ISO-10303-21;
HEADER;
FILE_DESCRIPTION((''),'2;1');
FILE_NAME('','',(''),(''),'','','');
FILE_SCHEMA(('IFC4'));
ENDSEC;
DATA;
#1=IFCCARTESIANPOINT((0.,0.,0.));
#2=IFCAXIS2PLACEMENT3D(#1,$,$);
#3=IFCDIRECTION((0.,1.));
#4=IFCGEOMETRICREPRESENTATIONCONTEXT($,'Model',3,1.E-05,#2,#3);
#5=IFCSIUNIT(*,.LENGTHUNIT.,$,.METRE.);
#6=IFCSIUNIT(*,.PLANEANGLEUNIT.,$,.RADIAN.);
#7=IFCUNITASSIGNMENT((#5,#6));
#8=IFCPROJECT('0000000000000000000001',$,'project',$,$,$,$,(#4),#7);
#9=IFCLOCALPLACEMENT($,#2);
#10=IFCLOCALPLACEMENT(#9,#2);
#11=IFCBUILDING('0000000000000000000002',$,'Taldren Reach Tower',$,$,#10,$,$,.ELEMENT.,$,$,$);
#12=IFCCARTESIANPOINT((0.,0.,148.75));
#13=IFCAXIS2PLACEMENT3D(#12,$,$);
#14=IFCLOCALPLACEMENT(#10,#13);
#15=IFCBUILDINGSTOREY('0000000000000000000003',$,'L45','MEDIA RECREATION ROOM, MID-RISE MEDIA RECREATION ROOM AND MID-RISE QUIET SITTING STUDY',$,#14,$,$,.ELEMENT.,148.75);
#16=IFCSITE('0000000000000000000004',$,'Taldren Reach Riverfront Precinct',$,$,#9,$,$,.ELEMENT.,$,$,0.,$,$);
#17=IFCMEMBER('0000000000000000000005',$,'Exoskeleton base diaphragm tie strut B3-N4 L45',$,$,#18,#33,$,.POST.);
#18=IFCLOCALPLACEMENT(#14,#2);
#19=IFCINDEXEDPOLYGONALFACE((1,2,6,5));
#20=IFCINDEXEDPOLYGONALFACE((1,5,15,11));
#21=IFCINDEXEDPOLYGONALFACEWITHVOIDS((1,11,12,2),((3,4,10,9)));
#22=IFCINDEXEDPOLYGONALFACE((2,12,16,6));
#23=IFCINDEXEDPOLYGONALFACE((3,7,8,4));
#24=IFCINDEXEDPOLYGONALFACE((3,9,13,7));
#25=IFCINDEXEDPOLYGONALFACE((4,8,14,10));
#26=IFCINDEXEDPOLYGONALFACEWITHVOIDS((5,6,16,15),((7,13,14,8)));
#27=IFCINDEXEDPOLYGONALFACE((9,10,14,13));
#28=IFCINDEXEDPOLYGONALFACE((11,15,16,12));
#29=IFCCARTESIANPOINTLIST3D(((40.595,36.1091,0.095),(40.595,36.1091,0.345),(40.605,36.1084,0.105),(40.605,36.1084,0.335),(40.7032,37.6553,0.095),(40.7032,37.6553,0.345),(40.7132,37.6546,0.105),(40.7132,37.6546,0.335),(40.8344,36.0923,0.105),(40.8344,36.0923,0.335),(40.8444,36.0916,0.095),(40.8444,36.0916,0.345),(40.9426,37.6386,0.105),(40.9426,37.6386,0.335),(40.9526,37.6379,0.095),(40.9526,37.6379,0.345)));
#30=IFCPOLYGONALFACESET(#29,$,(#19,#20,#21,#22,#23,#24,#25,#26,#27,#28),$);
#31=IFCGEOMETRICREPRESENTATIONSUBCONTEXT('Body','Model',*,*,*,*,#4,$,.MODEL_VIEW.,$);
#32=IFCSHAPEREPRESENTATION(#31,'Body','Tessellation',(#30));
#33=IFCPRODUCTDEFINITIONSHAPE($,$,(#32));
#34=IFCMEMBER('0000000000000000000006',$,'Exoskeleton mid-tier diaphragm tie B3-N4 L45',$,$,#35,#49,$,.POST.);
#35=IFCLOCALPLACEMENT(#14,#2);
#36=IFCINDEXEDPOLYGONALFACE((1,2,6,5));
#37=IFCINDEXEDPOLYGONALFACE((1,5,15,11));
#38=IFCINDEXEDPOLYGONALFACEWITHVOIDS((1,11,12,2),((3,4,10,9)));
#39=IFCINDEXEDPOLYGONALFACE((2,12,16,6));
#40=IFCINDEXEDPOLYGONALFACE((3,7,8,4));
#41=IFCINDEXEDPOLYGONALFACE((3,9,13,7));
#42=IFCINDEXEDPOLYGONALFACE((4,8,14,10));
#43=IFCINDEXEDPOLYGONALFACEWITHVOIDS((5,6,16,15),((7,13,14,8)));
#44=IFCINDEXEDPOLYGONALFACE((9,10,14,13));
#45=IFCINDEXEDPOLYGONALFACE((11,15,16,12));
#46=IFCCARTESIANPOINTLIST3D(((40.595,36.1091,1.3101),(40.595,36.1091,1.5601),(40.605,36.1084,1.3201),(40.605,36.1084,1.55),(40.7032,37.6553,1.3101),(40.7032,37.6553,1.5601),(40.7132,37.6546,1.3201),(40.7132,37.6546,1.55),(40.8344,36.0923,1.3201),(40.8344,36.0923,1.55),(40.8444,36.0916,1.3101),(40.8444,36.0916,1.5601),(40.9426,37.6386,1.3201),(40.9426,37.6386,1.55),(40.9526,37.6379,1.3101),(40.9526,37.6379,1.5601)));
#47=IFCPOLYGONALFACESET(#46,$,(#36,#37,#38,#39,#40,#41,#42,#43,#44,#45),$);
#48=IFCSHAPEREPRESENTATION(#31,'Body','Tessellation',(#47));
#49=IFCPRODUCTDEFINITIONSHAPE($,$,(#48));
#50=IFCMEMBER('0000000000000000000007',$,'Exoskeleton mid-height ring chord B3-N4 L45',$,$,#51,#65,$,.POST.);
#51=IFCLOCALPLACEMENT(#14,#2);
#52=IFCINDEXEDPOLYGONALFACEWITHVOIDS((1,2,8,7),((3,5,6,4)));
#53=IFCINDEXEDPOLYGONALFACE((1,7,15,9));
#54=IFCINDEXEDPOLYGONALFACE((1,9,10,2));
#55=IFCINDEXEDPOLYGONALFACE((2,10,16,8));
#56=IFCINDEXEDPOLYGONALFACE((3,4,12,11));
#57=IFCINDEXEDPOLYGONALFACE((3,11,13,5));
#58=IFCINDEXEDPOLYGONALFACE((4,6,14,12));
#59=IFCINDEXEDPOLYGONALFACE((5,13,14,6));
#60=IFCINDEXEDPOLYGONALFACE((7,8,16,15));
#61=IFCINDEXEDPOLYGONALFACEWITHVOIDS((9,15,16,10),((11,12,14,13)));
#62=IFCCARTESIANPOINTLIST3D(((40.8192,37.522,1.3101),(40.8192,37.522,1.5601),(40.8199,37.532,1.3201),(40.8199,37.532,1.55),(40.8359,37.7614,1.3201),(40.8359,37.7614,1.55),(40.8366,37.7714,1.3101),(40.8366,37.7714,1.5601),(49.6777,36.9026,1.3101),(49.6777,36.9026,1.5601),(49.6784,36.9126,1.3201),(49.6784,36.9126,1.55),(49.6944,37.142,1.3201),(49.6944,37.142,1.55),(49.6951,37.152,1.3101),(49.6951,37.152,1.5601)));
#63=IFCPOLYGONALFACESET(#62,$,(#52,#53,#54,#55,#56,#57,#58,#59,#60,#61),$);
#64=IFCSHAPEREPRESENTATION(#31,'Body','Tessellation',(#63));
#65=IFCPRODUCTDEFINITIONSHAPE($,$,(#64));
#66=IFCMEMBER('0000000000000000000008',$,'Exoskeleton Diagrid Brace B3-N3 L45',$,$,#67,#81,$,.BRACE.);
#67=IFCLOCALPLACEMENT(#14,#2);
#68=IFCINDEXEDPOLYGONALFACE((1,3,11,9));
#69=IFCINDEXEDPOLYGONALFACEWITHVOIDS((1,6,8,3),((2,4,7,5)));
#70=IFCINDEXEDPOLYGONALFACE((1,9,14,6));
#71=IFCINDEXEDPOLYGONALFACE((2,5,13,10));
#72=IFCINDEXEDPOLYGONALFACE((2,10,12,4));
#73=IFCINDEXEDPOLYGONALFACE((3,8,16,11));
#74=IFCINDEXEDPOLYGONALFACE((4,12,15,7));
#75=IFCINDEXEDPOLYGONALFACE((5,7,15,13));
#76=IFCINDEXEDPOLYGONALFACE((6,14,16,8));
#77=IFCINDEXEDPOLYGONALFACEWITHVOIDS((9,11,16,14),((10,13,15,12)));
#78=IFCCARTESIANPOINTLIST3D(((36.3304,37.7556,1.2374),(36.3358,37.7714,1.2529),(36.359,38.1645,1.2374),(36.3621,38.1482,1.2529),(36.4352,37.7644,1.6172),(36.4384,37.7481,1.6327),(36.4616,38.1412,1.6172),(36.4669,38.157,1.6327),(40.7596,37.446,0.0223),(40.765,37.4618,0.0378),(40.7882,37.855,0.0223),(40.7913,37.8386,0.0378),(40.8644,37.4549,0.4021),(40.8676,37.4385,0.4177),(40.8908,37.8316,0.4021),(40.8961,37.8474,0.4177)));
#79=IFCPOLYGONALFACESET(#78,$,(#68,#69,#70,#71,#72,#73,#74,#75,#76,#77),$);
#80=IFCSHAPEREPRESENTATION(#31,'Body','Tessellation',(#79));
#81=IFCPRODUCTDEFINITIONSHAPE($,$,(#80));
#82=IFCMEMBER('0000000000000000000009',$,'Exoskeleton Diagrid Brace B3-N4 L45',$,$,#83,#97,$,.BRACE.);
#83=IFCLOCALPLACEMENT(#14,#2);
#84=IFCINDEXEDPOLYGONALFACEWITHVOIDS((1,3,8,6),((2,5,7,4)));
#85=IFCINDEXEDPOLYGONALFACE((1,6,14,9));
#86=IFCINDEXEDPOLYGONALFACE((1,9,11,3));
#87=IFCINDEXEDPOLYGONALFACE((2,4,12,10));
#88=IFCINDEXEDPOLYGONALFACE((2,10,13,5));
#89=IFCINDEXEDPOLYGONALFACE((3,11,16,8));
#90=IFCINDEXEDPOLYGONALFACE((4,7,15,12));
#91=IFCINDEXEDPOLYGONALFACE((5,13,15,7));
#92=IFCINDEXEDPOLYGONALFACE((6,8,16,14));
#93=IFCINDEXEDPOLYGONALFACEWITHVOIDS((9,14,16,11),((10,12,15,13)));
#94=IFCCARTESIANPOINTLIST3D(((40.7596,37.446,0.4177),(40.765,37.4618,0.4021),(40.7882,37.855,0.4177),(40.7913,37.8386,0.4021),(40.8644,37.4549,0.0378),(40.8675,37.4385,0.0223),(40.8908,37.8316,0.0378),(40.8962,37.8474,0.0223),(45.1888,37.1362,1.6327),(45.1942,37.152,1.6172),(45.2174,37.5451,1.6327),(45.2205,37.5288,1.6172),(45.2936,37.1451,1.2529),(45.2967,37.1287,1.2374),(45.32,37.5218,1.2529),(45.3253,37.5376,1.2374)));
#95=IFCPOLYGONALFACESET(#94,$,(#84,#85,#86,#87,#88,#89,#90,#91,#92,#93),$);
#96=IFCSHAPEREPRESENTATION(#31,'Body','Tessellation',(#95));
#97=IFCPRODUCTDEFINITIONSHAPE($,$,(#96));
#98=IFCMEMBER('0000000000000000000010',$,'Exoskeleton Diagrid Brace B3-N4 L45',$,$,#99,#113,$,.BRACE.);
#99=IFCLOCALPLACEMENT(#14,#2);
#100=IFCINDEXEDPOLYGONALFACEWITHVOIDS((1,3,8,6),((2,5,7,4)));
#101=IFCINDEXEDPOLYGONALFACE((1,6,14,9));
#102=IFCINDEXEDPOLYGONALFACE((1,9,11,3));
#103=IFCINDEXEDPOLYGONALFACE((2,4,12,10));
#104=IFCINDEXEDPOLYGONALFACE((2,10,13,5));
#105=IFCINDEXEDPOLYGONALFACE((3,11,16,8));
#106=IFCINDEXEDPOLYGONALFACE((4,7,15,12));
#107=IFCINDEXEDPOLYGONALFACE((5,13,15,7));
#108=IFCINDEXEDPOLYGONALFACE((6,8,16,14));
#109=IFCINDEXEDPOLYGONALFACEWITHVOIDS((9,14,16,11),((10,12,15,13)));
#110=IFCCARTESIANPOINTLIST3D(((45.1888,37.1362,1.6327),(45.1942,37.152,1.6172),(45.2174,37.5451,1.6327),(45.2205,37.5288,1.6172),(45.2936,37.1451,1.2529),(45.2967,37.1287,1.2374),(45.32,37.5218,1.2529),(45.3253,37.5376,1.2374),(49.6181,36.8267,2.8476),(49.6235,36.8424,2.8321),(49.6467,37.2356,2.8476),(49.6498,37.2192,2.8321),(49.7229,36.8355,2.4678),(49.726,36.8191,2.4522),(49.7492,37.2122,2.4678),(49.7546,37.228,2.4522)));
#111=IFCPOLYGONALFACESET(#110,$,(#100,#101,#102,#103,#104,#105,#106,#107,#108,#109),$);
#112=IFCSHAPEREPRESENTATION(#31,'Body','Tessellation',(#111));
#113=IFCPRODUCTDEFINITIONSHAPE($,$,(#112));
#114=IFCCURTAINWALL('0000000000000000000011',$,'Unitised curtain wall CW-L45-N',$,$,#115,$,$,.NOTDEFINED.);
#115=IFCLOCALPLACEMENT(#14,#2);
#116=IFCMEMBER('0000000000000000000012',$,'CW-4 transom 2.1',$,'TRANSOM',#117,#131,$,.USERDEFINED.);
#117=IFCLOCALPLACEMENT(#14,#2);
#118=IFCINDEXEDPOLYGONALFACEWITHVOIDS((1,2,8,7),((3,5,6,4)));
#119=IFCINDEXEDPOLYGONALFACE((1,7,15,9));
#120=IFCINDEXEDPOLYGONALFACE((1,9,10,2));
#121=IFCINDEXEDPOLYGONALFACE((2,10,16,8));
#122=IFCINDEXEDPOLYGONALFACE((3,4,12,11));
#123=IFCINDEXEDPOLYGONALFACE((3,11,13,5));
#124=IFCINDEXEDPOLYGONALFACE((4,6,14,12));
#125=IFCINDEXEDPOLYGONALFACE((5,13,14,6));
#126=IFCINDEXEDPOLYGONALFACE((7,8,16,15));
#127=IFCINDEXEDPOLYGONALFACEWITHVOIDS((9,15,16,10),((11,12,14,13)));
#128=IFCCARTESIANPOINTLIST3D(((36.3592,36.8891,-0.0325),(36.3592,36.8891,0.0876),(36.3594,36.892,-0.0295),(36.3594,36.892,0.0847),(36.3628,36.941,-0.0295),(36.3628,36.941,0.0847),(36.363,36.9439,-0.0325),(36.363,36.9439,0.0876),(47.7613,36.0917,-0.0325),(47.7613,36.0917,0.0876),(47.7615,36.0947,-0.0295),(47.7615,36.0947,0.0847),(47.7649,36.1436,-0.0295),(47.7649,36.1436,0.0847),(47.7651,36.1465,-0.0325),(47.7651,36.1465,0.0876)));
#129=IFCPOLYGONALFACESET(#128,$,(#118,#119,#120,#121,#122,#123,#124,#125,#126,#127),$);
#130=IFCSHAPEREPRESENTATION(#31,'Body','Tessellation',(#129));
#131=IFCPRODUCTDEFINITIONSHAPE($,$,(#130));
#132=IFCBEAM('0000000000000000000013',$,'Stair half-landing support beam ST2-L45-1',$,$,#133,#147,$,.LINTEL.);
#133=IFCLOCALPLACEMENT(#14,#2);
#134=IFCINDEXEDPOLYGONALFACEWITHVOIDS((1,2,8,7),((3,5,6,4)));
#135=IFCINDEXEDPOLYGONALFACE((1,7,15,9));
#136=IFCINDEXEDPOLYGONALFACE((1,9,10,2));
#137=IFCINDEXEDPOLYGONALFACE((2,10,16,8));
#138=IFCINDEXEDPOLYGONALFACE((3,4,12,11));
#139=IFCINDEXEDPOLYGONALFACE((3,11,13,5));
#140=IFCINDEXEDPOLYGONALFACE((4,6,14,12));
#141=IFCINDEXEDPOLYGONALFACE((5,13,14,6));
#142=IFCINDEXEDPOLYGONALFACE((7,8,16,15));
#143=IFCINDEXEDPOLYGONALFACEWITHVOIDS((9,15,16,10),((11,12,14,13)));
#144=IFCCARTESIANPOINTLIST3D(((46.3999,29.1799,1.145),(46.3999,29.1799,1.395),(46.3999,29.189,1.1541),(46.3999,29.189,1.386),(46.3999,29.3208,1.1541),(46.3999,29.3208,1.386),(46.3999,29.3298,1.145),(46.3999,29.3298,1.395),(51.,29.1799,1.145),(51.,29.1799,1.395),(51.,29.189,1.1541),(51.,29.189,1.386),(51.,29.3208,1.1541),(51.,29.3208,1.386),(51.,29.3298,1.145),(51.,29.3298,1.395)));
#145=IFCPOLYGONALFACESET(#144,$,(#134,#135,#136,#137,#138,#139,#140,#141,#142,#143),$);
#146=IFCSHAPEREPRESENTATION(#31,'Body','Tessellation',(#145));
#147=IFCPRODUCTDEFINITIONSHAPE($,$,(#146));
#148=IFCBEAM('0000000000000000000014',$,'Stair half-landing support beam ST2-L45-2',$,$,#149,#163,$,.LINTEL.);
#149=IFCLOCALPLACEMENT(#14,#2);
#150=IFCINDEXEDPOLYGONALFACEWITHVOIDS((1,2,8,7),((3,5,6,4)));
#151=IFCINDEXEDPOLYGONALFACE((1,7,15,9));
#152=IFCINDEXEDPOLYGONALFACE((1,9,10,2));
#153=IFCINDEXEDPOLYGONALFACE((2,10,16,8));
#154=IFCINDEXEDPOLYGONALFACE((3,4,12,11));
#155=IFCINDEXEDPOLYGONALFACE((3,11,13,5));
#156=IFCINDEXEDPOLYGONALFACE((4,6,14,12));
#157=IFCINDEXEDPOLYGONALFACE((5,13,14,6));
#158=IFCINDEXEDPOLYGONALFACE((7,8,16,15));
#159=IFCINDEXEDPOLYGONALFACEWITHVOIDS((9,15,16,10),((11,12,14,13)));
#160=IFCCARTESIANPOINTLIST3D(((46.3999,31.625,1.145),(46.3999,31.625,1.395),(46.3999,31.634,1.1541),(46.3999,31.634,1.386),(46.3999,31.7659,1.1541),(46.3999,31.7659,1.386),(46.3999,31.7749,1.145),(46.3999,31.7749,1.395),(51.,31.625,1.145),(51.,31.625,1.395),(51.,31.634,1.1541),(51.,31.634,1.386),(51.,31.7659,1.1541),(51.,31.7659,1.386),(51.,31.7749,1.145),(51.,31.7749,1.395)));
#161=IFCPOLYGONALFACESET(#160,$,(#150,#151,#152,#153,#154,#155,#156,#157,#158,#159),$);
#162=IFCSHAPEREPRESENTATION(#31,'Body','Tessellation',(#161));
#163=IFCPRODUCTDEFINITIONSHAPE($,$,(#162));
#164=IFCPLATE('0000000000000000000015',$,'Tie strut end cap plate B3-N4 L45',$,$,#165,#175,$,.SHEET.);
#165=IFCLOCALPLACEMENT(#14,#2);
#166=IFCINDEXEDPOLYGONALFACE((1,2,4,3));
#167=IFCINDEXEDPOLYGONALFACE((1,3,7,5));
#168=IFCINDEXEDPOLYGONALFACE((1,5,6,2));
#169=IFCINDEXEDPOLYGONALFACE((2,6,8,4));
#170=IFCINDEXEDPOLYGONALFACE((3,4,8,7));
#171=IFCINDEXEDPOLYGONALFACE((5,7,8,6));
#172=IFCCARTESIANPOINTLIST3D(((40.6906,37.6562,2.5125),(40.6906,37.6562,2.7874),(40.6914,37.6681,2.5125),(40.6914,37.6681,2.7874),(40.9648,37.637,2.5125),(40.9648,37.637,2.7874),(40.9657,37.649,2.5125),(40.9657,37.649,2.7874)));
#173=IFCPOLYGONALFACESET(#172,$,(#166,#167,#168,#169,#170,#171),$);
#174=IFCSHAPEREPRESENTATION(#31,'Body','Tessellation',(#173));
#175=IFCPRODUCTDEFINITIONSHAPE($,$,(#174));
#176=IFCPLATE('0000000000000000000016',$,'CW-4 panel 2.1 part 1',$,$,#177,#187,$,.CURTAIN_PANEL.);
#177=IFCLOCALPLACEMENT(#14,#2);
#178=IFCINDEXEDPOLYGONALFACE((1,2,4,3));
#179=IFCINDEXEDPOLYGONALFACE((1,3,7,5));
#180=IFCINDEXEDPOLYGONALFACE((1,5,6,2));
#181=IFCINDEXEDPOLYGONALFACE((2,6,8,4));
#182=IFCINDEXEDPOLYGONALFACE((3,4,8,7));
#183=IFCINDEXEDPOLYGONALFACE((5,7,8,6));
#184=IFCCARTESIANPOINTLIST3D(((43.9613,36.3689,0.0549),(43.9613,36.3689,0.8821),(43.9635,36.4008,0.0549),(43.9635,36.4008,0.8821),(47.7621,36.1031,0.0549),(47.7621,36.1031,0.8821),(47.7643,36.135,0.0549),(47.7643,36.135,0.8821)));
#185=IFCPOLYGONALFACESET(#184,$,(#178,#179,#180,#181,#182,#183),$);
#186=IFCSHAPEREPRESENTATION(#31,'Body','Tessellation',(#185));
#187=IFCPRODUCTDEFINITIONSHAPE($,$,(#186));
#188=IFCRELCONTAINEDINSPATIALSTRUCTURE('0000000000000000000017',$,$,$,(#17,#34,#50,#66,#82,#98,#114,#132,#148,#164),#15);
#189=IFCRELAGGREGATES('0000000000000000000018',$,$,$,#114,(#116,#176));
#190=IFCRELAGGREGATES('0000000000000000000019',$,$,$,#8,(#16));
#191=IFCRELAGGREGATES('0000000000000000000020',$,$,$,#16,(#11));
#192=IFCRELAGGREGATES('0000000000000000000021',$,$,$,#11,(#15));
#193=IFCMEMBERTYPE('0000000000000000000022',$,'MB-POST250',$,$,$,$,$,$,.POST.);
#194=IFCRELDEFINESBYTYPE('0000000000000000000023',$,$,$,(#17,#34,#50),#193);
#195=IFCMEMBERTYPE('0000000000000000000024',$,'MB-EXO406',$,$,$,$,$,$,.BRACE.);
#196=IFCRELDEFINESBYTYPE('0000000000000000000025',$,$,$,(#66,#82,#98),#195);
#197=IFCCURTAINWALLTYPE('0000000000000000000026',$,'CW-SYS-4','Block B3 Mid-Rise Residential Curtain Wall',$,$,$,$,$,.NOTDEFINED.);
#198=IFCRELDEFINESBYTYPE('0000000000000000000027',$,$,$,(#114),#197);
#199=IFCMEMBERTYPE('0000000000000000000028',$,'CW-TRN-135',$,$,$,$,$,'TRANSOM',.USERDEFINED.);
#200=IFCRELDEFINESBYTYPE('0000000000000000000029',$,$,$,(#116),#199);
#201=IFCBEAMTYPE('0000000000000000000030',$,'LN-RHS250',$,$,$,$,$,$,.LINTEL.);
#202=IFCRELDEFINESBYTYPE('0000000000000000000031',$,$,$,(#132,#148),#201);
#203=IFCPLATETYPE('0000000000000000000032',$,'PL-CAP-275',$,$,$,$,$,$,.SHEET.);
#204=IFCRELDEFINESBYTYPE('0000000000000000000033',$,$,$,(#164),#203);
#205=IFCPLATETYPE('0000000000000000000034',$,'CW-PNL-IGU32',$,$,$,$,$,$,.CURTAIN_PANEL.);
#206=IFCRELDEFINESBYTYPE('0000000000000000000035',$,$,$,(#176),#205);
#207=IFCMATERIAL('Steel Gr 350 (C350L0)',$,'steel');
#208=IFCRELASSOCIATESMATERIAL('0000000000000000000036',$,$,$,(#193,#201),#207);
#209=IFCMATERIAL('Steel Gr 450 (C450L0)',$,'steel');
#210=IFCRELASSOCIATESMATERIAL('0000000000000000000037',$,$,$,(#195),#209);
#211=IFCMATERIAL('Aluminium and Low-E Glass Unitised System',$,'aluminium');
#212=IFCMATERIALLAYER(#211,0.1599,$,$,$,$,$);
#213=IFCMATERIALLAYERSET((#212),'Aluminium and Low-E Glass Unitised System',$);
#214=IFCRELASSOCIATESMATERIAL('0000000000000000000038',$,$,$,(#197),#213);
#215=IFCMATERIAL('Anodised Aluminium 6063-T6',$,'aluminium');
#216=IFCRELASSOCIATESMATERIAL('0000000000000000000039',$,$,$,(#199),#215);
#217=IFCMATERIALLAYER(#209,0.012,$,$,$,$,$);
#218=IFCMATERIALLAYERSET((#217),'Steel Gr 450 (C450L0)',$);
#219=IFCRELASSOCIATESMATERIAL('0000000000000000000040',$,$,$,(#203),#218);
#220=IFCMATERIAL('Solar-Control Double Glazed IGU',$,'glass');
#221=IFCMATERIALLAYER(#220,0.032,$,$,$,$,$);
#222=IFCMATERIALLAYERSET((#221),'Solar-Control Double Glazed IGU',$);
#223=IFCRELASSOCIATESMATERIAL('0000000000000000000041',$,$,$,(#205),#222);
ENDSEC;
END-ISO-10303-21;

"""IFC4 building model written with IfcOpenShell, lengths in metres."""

from ifc_helpers import new_model, si_unit, direction, frame, origin, origin_2d, place, context, subcontext, project, spatial, rectangle, hollow_rectangle, extrude, source, transform, mapped, material, layer, layer_set, material_profile, profile_set, type_object, element, aggregate, save


model = new_model("IFC4")

# Units and contexts
model_context = context("Model", 3, precision=1e-05, world=origin(), true_north=direction((0.0, 1.0)))
body_context = subcontext(model_context, "Body", "Model", "MODEL_VIEW")
ifc_project = project(units=[si_unit("LENGTHUNIT", "METRE"), si_unit("PLANEANGLEUNIT", "RADIAN")], contexts=[model_context])

# Site, building, storey
site_placement = place(None, origin())
site = spatial("IfcSite", under=ifc_project, at=site_placement, Name="Taldren Reach Riverfront Precinct", CompositionType="ELEMENT", RefElevation=0.0)
building_placement = place(site_placement, origin())
building = spatial("IfcBuilding", under=site, at=building_placement, Name="Taldren Reach Tower", CompositionType="ELEMENT")
storey_placement = place(building_placement, frame((0.0, 0.0, 148.75)))
storey = spatial("IfcBuildingStorey", under=building, at=storey_placement, Name="L45", Description="MEDIA RECREATION ROOM, MID-RISE MEDIA RECREATION ROOM AND MID-RISE QUIET SITTING STUDY", CompositionType="ELEMENT", Elevation=148.75)

# Members
ifc_material_1 = material(Name="Steel Gr 350 (C350L0)", Category="steel")
ifc_material_profile_1 = material_profile(ifc_material_1, hollow_rectangle(XDim=0.25, YDim=0.25, WallThickness=0.01, at=origin_2d()), Name="250x250x10.0SHS")
ifc_profile_set_1 = profile_set([ifc_material_profile_1], Name="Steel Gr 350 (C350L0)")
member_type_1 = type_object("IfcMemberType", Name="MB-POST250", PredefinedType="POST", material=ifc_profile_set_1)
shared_shape_1 = source(origin(), body_context, "Body", "SweptSolid", [
    extrude(hollow_rectangle(XDim=0.25, YDim=0.25, WallThickness=0.01, at=origin_2d()), origin(), (0.0, 0.0, 1.0), 1.55),
])
for number, where, z_axis, x_axis, name in (
    (1, (40.7197, 36.1003, 0.22), (0.06977, 0.997563, 0.0), (-0.997563, 0.06977, 0.0), "Exoskeleton base diaphragm tie strut B3-N4 L45"),
    (2, (40.7197, 36.1003, 1.4351), (0.06977, 0.997563, 0.0), (-0.997563, 0.06977, 0.0), "Exoskeleton mid-tier diaphragm tie B3-N4 L45"),
):
    element("IfcMember", number, at=place(storey_placement, frame(where, z_axis=z_axis, x_axis=x_axis)), inside=storey, type_object=member_type_1, Name=name, PredefinedType="POST", context=body_context, shape_type="MappedRepresentation", body=[
        mapped(shared_shape_1, transform((0.0, 0.0, 0.0), scale=1.0)),
    ])
shared_shape_2 = source(origin(), body_context, "Body", "SweptSolid", [
    extrude(hollow_rectangle(XDim=0.25, YDim=0.25, WallThickness=0.01, at=origin_2d()), origin(), (0.0, 0.0, 1.0), 8.8801),
])
member_1_placement = place(storey_placement, frame((40.8279, 37.6467, 1.4351), z_axis=(0.997564, -0.06975, 0.0), x_axis=(0.06975, 0.997564, 0.0)))
element("IfcMember", 3, at=member_1_placement, inside=storey, type_object=member_type_1, Name="Exoskeleton mid-height ring chord B3-N4 L45", PredefinedType="POST", context=body_context, shape_type="MappedRepresentation", body=[
    mapped(shared_shape_2, transform((0.0, 0.0, 0.0), scale=1.0)),
])
ifc_material_2 = material(Name="Steel Gr 450 (C450L0)", Category="steel")
ifc_material_profile_2 = material_profile(ifc_material_2, hollow_rectangle(XDim=0.4099, YDim=0.4099, WallThickness=0.0161, at=origin_2d()), Name="410x410x16.0SHS")
ifc_profile_set_2 = profile_set([ifc_material_profile_2], Name="Steel Gr 450 (C450L0)")
member_type_2 = type_object("IfcMemberType", Name="MB-EXO406", PredefinedType="BRACE", material=ifc_profile_set_2)
shared_shape_3 = source(origin(), body_context, "Body", "SweptSolid", [
    extrude(hollow_rectangle(XDim=0.4099, YDim=0.4099, WallThickness=0.0161, at=origin_2d()), origin(), (0.0, 0.0, 1.0), 4.6033),
])
for number, where, z_axis, x_axis, name in (
    (4, (40.8279, 37.6467, 0.22), (-0.962186, 0.06725, 0.263962), (-0.069723, -0.997566, 0.0), "Exoskeleton Diagrid Brace B3-N3 L45"),
    (5, (40.8279, 37.6467, 0.22), (0.962182, -0.067303, 0.263961), (0.069778, 0.997563, 0.0), "Exoskeleton Diagrid Brace B3-N4 L45"),
    (6, (45.2571, 37.3369, 1.4351), (0.962199, -0.067251, 0.263913), (0.069723, 0.997566, 0.0), "Exoskeleton Diagrid Brace B3-N4 L45"),
):
    element("IfcMember", number, at=place(storey_placement, frame(where, z_axis=z_axis, x_axis=x_axis)), inside=storey, type_object=member_type_2, Name=name, PredefinedType="BRACE", context=body_context, shape_type="MappedRepresentation", body=[
        mapped(shared_shape_3, transform((0.0, 0.0, 0.0), scale=1.0)),
    ])

# Curtain wall, member
ifc_material_3 = material(Name="Aluminium and Low-E Glass Unitised System", Category="aluminium")
ifc_layer_1 = layer(ifc_material_3, 0.1599)
ifc_layer_set_1 = layer_set([ifc_layer_1], Name="Aluminium and Low-E Glass Unitised System")
curtain_wall_type = type_object("IfcCurtainWallType", Name="CW-SYS-4", Description="Block B3 Mid-Rise Residential Curtain Wall", PredefinedType="NOTDEFINED", material=ifc_layer_set_1)
curtain_wall_placement = place(storey_placement, origin())
curtain_wall = element("IfcCurtainWall", 7, at=curtain_wall_placement, inside=storey, type_object=curtain_wall_type, Name="Unitised curtain wall CW-L45-N", PredefinedType="NOTDEFINED")
ifc_material_4 = material(Name="Anodised Aluminium 6063-T6", Category="aluminium")
ifc_material_profile_3 = material_profile(ifc_material_4, hollow_rectangle(XDim=0.0549, YDim=0.1201, WallThickness=0.0029, at=origin_2d()), Name="ALU-120x55x3RHS")
ifc_profile_set_3 = profile_set([ifc_material_profile_3], Name="Anodised Aluminium 6063-T6")
member_type_3 = type_object("IfcMemberType", Name="CW-TRN-135", ElementType="TRANSOM", PredefinedType="USERDEFINED", material=ifc_profile_set_3)
shared_shape_4 = source(origin(), body_context, "Body", "SweptSolid", [
    extrude(hollow_rectangle(XDim=0.0549, YDim=0.1201, WallThickness=0.0029, at=origin_2d()), origin(), (0.0, 0.0, 1.0), 11.4299),
])
member_2_placement = place(storey_placement, frame((47.7632, 36.1191, 0.0276), z_axis=(-0.997564, 0.069761, 0.0), x_axis=(-0.069761, -0.997564, 0.0)))
member_2 = element("IfcMember", 8, at=member_2_placement, type_object=member_type_3, Name="CW-4 transom 2.1", ObjectType="TRANSOM", PredefinedType="USERDEFINED", context=body_context, shape_type="MappedRepresentation", body=[
    mapped(shared_shape_4, transform((0.0, 0.0, 0.0), scale=1.0)),
])

# Beams
ifc_material_profile_4 = material_profile(ifc_material_1, hollow_rectangle(XDim=0.1499, YDim=0.25, WallThickness=0.009, at=origin_2d()), Name="250x150x9.0RHS")
ifc_profile_set_4 = profile_set([ifc_material_profile_4], Name="Steel Gr 350 (C350L0)")
beam_type = type_object("IfcBeamType", Name="LN-RHS250", PredefinedType="LINTEL", material=ifc_profile_set_4)
shared_shape_5 = source(origin(), body_context, "Body", "SweptSolid", [
    extrude(hollow_rectangle(XDim=0.1499, YDim=0.25, WallThickness=0.009, at=origin_2d()), origin(), (0.0, 0.0, 1.0), 4.6001),
])
for number, where, z_axis, x_axis, name in (
    (9, (46.3999, 29.2549, 1.27), (1.0, 0.0, 0.0), (0.0, 1.0, 0.0), "Stair half-landing support beam ST2-L45-1"),
    (10, (46.3999, 31.7, 1.27), (1.0, 0.0, 0.0), (0.0, 1.0, 0.0), "Stair half-landing support beam ST2-L45-2"),
):
    element("IfcBeam", number, at=place(storey_placement, frame(where, z_axis=z_axis, x_axis=x_axis)), inside=storey, type_object=beam_type, Name=name, PredefinedType="LINTEL", context=body_context, shape_type="MappedRepresentation", body=[
        mapped(shared_shape_5, transform((0.0, 0.0, 0.0), scale=1.0)),
    ])

# Plates
ifc_layer_2 = layer(ifc_material_2, 0.012)
ifc_layer_set_2 = layer_set([ifc_layer_2], Name="Steel Gr 450 (C450L0)")
plate_type_1 = type_object("IfcPlateType", Name="PL-CAP-275", PredefinedType="SHEET", material=ifc_layer_set_2)
shared_shape_6 = source(origin(), body_context, "Body", "SweptSolid", [
    extrude(rectangle(XDim=0.2749, YDim=0.012, at=origin_2d()), origin(), (0.0, 0.0, 1.0), 0.2749),
])
plate_1_placement = place(storey_placement, frame((40.8281, 37.6526, 2.5125), z_axis=(0.0, 0.0, 1.0), x_axis=(0.997564, -0.069756, 0.0)))
element("IfcPlate", 11, at=plate_1_placement, inside=storey, type_object=plate_type_1, Name="Tie strut end cap plate B3-N4 L45", PredefinedType="SHEET", context=body_context, shape_type="MappedRepresentation", body=[
    mapped(shared_shape_6, transform((0.0, 0.0, 0.0), scale=1.0)),
])
ifc_material_5 = material(Name="Solar-Control Double Glazed IGU", Category="glass")
ifc_layer_3 = layer(ifc_material_5, 0.032)
ifc_layer_set_3 = layer_set([ifc_layer_3], Name="Solar-Control Double Glazed IGU")
plate_type_2 = type_object("IfcPlateType", Name="CW-PNL-IGU32", PredefinedType="CURTAIN_PANEL", material=ifc_layer_set_3)
shared_shape_7 = source(origin(), body_context, "Body", "SweptSolid", [
    extrude(rectangle(XDim=3.8101, YDim=0.032, at=origin_2d()), origin(), (0.0, 0.0, 1.0), 0.8271),
])
plate_2_placement = place(storey_placement, frame((45.8628, 36.252, 0.0549), z_axis=(0.0, 0.0, 1.0), x_axis=(-0.997564, 0.069757, 0.0)))
plate_2 = element("IfcPlate", 12, at=plate_2_placement, type_object=plate_type_2, Name="CW-4 panel 2.1 part 1", PredefinedType="CURTAIN_PANEL", context=body_context, shape_type="MappedRepresentation", body=[
    mapped(shared_shape_7, transform((0.0, 0.0, 0.0), scale=1.0)),
])
aggregate(curtain_wall, [member_2, plate_2])

save(model, "model.ifc")
